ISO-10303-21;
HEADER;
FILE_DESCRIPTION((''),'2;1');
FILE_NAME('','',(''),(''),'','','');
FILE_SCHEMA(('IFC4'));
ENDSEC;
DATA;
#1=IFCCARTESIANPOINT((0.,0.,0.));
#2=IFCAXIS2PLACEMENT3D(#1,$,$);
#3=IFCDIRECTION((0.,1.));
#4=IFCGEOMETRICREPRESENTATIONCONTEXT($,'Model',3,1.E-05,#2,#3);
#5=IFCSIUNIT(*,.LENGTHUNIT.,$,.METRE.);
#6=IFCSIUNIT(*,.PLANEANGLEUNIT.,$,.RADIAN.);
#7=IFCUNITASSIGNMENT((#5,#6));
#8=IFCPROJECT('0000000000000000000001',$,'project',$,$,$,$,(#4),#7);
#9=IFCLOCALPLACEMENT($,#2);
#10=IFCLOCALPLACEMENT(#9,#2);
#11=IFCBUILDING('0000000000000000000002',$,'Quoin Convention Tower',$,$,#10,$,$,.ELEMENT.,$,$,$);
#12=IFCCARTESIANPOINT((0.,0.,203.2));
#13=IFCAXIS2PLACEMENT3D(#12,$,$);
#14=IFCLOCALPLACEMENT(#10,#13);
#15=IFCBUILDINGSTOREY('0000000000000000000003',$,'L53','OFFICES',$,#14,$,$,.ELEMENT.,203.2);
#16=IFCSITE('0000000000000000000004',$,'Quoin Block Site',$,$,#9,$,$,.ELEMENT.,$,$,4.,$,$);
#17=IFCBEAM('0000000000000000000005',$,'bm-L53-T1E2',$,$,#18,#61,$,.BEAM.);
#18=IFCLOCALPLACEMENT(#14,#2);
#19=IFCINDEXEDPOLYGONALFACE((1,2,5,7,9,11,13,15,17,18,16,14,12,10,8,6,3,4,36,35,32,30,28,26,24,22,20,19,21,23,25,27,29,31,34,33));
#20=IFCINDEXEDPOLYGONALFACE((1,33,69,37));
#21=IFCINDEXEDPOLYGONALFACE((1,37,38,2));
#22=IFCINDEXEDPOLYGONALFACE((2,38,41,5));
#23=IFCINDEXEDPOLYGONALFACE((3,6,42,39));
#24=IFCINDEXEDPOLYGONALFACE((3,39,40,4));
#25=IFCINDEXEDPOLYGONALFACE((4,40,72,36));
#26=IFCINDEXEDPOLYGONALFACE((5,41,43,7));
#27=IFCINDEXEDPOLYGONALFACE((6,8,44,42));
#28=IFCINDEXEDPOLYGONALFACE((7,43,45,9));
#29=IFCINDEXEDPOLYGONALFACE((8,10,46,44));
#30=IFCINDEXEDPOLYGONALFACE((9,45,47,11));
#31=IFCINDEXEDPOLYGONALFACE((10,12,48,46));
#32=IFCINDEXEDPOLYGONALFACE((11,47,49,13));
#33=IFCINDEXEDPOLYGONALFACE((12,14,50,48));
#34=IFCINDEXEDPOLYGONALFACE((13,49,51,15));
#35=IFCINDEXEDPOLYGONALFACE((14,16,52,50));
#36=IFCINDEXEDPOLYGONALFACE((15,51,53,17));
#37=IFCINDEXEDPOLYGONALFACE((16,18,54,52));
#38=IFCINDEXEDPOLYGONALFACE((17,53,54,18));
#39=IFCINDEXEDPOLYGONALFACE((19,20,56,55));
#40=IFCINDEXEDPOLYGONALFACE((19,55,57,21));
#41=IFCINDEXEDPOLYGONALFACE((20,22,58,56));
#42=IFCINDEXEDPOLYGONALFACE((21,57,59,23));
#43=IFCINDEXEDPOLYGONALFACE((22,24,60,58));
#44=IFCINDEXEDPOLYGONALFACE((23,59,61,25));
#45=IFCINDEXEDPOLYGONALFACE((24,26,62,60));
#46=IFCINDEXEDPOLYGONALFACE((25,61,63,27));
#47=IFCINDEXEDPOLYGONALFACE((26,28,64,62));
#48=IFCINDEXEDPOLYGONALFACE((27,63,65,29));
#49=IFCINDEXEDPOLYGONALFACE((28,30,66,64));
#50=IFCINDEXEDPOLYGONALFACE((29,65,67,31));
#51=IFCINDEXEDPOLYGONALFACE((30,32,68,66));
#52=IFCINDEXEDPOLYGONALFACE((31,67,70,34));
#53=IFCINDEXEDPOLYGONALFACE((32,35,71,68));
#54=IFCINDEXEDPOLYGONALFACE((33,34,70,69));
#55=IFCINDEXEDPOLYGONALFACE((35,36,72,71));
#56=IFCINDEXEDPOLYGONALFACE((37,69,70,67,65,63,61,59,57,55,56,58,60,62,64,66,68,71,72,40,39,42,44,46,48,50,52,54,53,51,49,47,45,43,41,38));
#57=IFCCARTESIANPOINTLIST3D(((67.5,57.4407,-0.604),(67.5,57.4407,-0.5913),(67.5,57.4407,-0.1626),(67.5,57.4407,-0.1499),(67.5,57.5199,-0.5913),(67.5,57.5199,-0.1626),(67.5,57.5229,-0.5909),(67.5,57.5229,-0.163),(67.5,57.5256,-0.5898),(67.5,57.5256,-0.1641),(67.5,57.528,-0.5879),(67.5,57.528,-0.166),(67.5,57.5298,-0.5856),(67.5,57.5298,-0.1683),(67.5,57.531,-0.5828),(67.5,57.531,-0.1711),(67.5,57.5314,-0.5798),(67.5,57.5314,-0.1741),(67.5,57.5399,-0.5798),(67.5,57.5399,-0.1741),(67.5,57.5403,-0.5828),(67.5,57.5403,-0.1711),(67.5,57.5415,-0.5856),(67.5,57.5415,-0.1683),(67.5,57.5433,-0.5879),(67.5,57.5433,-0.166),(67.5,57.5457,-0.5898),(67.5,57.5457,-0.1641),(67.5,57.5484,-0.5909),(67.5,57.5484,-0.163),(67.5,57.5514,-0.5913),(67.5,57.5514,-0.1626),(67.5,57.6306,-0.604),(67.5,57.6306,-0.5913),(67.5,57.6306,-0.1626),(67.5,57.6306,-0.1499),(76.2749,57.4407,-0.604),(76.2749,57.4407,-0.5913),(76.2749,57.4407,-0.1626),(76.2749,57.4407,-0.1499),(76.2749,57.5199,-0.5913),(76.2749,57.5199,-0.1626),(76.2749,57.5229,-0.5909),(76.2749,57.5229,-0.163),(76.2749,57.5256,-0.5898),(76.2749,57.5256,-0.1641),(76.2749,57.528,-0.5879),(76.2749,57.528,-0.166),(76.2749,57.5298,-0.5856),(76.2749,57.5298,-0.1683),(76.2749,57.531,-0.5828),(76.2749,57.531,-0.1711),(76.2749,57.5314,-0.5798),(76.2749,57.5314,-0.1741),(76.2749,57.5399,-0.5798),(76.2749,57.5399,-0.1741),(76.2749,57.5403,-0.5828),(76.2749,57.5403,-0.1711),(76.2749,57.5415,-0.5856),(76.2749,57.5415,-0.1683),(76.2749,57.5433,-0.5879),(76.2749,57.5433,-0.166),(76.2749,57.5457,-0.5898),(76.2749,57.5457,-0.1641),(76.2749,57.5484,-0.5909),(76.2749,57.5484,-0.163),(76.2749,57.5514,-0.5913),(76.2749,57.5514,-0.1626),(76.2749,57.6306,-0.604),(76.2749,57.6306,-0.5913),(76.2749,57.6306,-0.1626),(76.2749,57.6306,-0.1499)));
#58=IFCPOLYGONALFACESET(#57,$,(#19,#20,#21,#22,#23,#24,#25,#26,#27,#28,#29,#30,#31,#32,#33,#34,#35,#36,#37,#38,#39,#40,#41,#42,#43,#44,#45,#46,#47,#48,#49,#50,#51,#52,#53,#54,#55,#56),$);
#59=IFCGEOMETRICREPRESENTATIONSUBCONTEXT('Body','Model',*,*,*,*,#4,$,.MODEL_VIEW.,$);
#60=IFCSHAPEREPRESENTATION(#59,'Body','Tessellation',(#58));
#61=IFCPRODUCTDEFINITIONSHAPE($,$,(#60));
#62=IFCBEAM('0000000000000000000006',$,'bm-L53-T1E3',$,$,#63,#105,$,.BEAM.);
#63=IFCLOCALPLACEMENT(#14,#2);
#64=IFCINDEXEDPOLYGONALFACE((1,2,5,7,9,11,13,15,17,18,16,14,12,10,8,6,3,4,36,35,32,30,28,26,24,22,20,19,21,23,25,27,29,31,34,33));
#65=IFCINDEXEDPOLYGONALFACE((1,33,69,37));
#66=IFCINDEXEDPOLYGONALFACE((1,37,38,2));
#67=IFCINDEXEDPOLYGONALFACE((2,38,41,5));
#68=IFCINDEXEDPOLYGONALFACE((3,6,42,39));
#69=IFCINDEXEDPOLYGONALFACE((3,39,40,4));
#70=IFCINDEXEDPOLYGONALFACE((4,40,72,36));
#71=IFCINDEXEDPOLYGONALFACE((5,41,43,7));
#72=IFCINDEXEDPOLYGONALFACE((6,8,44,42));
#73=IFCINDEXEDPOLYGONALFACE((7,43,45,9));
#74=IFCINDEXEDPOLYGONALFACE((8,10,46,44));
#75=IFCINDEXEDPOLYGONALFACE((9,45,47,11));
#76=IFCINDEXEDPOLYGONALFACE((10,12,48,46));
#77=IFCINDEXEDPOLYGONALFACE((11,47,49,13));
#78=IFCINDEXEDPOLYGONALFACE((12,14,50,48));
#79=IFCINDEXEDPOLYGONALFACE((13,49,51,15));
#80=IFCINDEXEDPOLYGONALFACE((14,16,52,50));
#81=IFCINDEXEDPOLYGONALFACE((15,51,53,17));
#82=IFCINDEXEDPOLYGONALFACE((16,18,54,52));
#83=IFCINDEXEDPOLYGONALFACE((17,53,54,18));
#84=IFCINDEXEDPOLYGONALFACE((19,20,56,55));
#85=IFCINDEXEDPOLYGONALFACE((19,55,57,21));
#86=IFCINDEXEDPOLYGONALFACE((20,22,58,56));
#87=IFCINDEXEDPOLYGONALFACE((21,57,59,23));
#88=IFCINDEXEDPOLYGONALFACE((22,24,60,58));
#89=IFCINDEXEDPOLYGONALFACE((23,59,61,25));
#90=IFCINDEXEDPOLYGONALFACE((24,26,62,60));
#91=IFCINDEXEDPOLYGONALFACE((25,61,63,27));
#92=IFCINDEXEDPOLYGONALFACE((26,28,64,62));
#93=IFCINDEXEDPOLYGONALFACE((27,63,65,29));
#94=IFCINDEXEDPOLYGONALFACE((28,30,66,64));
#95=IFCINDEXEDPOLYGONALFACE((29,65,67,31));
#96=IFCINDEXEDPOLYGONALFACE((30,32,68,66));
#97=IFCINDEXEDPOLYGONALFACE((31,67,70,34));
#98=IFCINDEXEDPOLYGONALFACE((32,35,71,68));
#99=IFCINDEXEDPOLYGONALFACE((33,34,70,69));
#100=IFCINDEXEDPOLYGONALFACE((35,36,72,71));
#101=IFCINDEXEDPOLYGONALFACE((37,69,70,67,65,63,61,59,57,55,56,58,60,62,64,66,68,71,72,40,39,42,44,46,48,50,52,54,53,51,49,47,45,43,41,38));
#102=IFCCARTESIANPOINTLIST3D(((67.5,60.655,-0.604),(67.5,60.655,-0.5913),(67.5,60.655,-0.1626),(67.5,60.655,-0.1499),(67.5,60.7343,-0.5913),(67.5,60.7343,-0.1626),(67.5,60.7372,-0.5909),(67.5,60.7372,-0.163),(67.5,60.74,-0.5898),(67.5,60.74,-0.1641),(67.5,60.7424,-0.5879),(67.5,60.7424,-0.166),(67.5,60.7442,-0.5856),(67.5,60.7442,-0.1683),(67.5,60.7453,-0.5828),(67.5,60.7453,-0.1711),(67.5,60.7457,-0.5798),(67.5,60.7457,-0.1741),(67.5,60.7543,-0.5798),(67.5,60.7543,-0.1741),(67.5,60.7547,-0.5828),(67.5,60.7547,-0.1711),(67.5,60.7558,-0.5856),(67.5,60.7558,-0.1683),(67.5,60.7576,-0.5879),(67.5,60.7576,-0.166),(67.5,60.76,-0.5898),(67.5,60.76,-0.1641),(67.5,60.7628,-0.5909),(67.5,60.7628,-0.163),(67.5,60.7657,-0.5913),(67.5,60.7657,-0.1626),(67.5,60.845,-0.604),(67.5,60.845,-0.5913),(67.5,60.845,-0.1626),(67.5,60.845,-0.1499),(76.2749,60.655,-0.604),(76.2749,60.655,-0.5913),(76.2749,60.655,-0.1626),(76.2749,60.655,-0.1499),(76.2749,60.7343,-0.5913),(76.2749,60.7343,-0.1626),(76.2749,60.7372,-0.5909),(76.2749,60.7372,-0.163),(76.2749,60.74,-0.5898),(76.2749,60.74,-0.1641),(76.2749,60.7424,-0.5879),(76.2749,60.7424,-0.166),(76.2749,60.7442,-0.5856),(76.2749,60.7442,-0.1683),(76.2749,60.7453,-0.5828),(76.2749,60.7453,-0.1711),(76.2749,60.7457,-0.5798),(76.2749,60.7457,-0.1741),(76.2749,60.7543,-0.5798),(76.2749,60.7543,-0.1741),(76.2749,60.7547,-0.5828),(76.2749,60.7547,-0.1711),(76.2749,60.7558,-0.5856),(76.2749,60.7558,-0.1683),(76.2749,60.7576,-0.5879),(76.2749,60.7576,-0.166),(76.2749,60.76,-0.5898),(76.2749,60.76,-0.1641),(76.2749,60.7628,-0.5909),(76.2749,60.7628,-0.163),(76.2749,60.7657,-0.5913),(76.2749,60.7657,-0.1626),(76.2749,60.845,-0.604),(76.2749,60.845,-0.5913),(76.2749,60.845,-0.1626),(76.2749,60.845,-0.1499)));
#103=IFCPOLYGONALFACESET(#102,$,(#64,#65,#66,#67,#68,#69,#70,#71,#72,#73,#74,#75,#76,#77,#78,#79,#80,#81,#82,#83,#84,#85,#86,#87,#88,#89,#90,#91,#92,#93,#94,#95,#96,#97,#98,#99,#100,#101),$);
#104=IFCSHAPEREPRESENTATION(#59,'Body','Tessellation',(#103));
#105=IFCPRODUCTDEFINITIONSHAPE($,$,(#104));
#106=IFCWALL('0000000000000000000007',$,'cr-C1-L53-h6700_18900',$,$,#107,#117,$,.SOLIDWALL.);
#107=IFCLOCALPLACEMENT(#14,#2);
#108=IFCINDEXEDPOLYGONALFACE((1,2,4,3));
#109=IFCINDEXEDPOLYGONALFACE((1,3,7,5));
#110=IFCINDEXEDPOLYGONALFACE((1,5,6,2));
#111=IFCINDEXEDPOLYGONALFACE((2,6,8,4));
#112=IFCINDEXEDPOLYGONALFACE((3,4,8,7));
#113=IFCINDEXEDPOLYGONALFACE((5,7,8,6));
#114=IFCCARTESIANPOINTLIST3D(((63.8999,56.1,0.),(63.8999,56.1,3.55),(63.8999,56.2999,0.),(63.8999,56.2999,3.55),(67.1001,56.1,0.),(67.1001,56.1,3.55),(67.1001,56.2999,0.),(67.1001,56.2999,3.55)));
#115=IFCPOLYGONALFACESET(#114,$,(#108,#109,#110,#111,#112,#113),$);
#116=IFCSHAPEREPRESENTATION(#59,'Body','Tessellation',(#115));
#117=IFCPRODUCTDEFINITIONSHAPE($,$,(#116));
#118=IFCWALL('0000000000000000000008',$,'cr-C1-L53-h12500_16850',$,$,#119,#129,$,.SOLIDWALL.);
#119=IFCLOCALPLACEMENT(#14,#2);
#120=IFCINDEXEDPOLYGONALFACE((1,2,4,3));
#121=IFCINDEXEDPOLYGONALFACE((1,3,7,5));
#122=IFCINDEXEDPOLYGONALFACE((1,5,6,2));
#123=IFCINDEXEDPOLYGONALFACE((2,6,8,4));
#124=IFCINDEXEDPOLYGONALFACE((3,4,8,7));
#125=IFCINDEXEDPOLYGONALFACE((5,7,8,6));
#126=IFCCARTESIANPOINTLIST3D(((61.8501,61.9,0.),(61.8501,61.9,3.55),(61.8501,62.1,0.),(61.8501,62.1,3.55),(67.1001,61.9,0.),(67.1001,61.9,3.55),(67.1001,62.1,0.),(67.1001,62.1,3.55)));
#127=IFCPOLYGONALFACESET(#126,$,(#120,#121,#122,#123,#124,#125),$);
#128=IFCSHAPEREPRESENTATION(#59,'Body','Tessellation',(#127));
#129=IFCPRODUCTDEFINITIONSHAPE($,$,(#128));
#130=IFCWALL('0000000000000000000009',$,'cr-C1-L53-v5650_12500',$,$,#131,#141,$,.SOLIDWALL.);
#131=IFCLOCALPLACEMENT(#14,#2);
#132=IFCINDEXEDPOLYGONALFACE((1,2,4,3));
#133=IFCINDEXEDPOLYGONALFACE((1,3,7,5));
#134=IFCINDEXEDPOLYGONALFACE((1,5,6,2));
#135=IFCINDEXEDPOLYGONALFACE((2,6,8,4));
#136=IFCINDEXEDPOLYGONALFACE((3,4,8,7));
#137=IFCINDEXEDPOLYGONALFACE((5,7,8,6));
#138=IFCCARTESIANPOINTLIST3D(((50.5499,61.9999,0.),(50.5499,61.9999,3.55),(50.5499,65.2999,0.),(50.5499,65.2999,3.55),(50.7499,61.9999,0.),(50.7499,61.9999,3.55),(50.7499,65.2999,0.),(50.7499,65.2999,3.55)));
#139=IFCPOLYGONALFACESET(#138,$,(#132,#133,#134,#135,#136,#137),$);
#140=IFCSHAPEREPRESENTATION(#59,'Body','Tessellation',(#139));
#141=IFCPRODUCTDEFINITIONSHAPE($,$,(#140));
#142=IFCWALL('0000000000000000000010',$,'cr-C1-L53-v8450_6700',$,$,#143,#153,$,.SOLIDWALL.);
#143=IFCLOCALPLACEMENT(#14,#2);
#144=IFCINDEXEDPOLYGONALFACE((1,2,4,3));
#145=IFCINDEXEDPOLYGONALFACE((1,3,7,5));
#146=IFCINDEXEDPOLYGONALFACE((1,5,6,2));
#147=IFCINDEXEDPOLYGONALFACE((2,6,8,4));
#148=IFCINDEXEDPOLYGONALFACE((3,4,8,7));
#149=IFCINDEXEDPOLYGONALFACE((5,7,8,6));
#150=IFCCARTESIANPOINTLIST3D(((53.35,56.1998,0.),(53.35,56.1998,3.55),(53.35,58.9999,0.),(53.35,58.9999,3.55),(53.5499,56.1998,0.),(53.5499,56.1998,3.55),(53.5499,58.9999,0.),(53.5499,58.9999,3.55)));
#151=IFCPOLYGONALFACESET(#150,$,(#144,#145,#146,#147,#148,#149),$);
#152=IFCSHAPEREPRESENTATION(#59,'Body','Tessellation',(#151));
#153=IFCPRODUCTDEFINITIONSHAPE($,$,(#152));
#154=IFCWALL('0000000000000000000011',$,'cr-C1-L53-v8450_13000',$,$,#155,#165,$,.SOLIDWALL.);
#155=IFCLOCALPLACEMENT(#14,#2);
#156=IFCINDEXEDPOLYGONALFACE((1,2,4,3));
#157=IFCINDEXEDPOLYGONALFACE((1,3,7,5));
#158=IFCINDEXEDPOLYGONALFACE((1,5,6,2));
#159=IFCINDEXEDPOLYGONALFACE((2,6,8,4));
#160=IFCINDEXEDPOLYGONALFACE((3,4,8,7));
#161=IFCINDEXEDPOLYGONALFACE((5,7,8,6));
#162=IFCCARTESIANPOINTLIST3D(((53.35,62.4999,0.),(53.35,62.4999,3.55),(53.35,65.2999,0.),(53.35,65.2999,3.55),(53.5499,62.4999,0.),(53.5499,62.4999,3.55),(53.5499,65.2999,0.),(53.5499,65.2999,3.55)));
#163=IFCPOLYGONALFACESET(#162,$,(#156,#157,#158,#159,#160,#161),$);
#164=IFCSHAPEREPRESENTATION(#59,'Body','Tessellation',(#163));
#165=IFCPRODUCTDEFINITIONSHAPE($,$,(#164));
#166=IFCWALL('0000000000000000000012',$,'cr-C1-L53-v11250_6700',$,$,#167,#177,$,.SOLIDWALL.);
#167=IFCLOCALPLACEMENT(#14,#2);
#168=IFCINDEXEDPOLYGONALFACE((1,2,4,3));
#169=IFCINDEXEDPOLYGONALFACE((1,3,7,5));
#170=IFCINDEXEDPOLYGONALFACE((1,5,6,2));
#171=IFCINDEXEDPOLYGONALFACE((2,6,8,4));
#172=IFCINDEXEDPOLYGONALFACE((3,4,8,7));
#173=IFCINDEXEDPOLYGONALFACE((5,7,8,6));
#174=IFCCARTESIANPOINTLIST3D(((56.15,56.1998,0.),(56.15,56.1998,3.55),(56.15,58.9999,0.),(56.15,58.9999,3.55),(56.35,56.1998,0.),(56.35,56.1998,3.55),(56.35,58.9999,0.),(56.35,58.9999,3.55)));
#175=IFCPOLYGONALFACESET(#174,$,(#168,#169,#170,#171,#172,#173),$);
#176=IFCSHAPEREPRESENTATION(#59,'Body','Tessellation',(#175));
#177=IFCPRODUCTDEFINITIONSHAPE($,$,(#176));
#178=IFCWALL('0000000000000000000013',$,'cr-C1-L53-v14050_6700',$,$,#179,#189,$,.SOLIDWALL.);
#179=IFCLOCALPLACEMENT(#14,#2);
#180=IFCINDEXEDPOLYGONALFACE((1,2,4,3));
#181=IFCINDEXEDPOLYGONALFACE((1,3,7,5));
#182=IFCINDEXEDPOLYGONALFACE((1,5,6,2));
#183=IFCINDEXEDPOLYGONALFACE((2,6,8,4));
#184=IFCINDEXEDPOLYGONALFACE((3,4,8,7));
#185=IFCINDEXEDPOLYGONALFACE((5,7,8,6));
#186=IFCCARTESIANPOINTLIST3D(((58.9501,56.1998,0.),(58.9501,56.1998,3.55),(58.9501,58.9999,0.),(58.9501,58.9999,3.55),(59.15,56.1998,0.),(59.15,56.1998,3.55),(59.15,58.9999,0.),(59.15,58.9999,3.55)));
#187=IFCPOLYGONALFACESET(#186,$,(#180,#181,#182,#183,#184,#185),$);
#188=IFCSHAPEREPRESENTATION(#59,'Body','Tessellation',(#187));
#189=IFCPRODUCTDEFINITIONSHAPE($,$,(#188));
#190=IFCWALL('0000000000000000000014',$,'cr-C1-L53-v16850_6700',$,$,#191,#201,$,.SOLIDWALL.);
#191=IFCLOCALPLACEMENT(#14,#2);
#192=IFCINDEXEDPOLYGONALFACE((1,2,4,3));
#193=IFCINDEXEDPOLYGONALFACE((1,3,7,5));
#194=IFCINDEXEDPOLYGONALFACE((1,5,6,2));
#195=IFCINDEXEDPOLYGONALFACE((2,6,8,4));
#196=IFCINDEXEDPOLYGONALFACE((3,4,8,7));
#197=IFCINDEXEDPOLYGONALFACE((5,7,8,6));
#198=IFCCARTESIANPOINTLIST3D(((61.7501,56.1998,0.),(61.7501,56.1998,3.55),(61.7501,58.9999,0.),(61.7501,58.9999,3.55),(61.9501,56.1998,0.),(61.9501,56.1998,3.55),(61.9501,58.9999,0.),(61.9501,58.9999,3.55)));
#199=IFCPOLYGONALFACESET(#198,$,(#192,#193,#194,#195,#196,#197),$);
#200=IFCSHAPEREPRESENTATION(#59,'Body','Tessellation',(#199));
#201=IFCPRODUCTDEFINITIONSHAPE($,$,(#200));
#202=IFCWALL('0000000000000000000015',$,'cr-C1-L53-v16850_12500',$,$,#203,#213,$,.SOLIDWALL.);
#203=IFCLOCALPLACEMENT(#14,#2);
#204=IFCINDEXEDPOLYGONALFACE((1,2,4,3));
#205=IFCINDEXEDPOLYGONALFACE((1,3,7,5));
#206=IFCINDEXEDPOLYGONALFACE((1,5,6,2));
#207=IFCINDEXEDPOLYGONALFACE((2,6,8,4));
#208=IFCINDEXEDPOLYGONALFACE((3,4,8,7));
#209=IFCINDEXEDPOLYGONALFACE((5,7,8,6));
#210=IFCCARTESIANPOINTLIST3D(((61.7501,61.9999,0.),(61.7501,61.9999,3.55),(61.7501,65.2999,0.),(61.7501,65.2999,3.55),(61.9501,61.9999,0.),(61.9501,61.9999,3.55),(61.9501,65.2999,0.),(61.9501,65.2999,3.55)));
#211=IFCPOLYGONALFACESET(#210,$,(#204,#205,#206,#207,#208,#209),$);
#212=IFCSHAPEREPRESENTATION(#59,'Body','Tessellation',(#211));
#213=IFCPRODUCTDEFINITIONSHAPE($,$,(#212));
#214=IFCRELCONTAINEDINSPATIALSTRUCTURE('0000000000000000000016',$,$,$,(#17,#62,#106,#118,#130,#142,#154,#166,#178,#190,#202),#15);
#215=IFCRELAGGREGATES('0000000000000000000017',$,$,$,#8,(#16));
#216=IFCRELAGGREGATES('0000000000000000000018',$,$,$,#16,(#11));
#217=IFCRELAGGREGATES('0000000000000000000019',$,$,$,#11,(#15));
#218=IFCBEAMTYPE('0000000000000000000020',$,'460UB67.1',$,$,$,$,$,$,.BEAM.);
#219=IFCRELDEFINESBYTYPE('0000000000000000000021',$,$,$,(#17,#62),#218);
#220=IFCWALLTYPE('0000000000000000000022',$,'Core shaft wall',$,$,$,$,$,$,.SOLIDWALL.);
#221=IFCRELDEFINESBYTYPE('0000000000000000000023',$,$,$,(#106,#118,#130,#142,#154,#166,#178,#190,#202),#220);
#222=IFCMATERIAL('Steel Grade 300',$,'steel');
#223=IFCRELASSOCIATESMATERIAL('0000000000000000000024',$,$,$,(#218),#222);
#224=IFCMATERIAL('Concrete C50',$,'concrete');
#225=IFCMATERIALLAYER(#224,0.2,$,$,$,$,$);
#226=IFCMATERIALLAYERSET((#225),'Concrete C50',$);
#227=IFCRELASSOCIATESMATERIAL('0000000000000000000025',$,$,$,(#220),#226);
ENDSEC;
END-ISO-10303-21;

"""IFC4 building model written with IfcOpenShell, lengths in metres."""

from ifc_helpers import new_model, si_unit, direction, frame, frame_2d, origin, origin_2d, place, context, subcontext, project, spatial, rectangle, i_section, extrude, material, layer, layer_set, material_profile, profile_set, type_object, element, save


model = new_model("IFC4")

# Units and contexts
model_context = context("Model", 3, precision=1e-05, world=origin(), true_north=direction((0.0, 1.0)))
body_context = subcontext(model_context, "Body", "Model", "MODEL_VIEW")
ifc_project = project(units=[si_unit("LENGTHUNIT", "METRE"), si_unit("PLANEANGLEUNIT", "RADIAN")], contexts=[model_context])

# Site, building, storey
site_placement = place(None, origin())
site = spatial("IfcSite", under=ifc_project, at=site_placement, Name="Quoin Block Site", CompositionType="ELEMENT", RefElevation=4.0)
building_placement = place(site_placement, origin())
building = spatial("IfcBuilding", under=site, at=building_placement, Name="Quoin Convention Tower", CompositionType="ELEMENT")
storey_placement = place(building_placement, frame((0.0, 0.0, 203.2)))
storey = spatial("IfcBuildingStorey", under=building, at=storey_placement, Name="L53", Description="OFFICES", CompositionType="ELEMENT", Elevation=203.2)

# Beams
ifc_material_1 = material(Name="Steel Grade 300", Category="steel")
ifc_material_profile = material_profile(ifc_material_1, i_section(OverallWidth=0.1899, OverallDepth=0.4541, WebThickness=0.0085, FlangeThickness=0.0127, FilletRadius=0.0115, at=origin_2d()), Name="460UB67.1")
ifc_profile_set = profile_set([ifc_material_profile], Name="Steel Grade 300")
beam_type = type_object("IfcBeamType", Name="460UB67.1", PredefinedType="BEAM", material=ifc_profile_set)
for number, where, z_axis, x_axis, name in (
    (1, (67.5, 57.5356, -0.377), (1.0, 0.0, 0.0), (0.0, 1.0, 0.0), "bm-L53-T1E2"),
    (2, (67.5, 60.75, -0.377), (1.0, 0.0, 0.0), (0.0, 1.0, 0.0), "bm-L53-T1E3"),
):
    element("IfcBeam", number, at=place(storey_placement, frame(where, z_axis=z_axis, x_axis=x_axis)), inside=storey, type_object=beam_type, Name=name, PredefinedType="BEAM", context=body_context, shape_type="SweptSolid", body=[
        extrude(i_section(OverallWidth=0.1899, OverallDepth=0.4541, WebThickness=0.0085, FlangeThickness=0.0127, FilletRadius=0.0115, at=origin_2d()), origin(), (0.0, 0.0, 1.0), 8.7749),
    ])

# Walls
ifc_material_2 = material(Name="Concrete C50", Category="concrete")
ifc_layer_1 = layer(ifc_material_2, 0.2)
ifc_layer_set_1 = layer_set([ifc_layer_1], Name="Concrete C50")
wall_type_1 = type_object("IfcWallType", Name="Core shaft wall", PredefinedType="SOLIDWALL", material=ifc_layer_set_1)
wall_1_placement = place(storey_placement, frame((63.8999, 56.2, 0.0), z_axis=(0.0, 0.0, 1.0), x_axis=(1.0, 0.0, 0.0)))
element("IfcWall", 3, at=wall_1_placement, inside=storey, type_object=wall_type_1, Name="cr-C1-L53-h6700_18900", PredefinedType="SOLIDWALL", context=body_context, shape_type="SweptSolid", body=[
    extrude(rectangle(XDim=3.2002, YDim=0.2, at=frame_2d((1.6001, 0.0))), origin(), (0.0, 0.0, 1.0), 3.55),
])
wall_2_placement = place(storey_placement, frame((61.8501, 62.0, 0.0), z_axis=(0.0, 0.0, 1.0), x_axis=(1.0, 0.0, 0.0)))
element("IfcWall", 4, at=wall_2_placement, inside=storey, type_object=wall_type_1, Name="cr-C1-L53-h12500_16850", PredefinedType="SOLIDWALL", context=body_context, shape_type="SweptSolid", body=[
    extrude(rectangle(XDim=5.25, YDim=0.2, at=frame_2d((2.625, 0.0))), origin(), (0.0, 0.0, 1.0), 3.55),
])
wall_3_placement = place(storey_placement, frame((50.6499, 62.0, 0.0), z_axis=(0.0, 0.0, 1.0), x_axis=(0.0, 1.0, 0.0)))
element("IfcWall", 5, at=wall_3_placement, inside=storey, type_object=wall_type_1, Name="cr-C1-L53-v5650_12500", PredefinedType="SOLIDWALL", context=body_context, shape_type="SweptSolid", body=[
    extrude(rectangle(XDim=3.3, YDim=0.2, at=frame_2d((1.6499, 0.0))), origin(), (0.0, 0.0, 1.0), 3.55),
])
for number, where, z_axis, x_axis, name in (
    (6, (53.45, 56.2, 0.0), (0.0, 0.0, 1.0), (0.0, 1.0, 0.0), "cr-C1-L53-v8450_6700"),
    (7, (53.45, 62.5, 0.0), (0.0, 0.0, 1.0), (0.0, 1.0, 0.0), "cr-C1-L53-v8450_13000"),
    (8, (56.25, 56.2, 0.0), (0.0, 0.0, 1.0), (0.0, 1.0, 0.0), "cr-C1-L53-v11250_6700"),
    (9, (59.05, 56.2, 0.0), (0.0, 0.0, 1.0), (0.0, 1.0, 0.0), "cr-C1-L53-v14050_6700"),
    (10, (61.8501, 56.2, 0.0), (0.0, 0.0, 1.0), (0.0, 1.0, 0.0), "cr-C1-L53-v16850_6700"),
):
    element("IfcWall", number, at=place(storey_placement, frame(where, z_axis=z_axis, x_axis=x_axis)), inside=storey, type_object=wall_type_1, Name=name, PredefinedType="SOLIDWALL", context=body_context, shape_type="SweptSolid", body=[
        extrude(rectangle(XDim=2.8, YDim=0.2, at=frame_2d((1.3999, 0.0))), origin(), (0.0, 0.0, 1.0), 3.55),
    ])
wall_4_placement = place(storey_placement, frame((61.8501, 62.0, 0.0), z_axis=(0.0, 0.0, 1.0), x_axis=(0.0, 1.0, 0.0)))
element("IfcWall", 11, at=wall_4_placement, inside=storey, type_object=wall_type_1, Name="cr-C1-L53-v16850_12500", PredefinedType="SOLIDWALL", context=body_context, shape_type="SweptSolid", body=[
    extrude(rectangle(XDim=3.3, YDim=0.2, at=frame_2d((1.6499, 0.0))), origin(), (0.0, 0.0, 1.0), 3.55),
])

save(model, "model.ifc")
